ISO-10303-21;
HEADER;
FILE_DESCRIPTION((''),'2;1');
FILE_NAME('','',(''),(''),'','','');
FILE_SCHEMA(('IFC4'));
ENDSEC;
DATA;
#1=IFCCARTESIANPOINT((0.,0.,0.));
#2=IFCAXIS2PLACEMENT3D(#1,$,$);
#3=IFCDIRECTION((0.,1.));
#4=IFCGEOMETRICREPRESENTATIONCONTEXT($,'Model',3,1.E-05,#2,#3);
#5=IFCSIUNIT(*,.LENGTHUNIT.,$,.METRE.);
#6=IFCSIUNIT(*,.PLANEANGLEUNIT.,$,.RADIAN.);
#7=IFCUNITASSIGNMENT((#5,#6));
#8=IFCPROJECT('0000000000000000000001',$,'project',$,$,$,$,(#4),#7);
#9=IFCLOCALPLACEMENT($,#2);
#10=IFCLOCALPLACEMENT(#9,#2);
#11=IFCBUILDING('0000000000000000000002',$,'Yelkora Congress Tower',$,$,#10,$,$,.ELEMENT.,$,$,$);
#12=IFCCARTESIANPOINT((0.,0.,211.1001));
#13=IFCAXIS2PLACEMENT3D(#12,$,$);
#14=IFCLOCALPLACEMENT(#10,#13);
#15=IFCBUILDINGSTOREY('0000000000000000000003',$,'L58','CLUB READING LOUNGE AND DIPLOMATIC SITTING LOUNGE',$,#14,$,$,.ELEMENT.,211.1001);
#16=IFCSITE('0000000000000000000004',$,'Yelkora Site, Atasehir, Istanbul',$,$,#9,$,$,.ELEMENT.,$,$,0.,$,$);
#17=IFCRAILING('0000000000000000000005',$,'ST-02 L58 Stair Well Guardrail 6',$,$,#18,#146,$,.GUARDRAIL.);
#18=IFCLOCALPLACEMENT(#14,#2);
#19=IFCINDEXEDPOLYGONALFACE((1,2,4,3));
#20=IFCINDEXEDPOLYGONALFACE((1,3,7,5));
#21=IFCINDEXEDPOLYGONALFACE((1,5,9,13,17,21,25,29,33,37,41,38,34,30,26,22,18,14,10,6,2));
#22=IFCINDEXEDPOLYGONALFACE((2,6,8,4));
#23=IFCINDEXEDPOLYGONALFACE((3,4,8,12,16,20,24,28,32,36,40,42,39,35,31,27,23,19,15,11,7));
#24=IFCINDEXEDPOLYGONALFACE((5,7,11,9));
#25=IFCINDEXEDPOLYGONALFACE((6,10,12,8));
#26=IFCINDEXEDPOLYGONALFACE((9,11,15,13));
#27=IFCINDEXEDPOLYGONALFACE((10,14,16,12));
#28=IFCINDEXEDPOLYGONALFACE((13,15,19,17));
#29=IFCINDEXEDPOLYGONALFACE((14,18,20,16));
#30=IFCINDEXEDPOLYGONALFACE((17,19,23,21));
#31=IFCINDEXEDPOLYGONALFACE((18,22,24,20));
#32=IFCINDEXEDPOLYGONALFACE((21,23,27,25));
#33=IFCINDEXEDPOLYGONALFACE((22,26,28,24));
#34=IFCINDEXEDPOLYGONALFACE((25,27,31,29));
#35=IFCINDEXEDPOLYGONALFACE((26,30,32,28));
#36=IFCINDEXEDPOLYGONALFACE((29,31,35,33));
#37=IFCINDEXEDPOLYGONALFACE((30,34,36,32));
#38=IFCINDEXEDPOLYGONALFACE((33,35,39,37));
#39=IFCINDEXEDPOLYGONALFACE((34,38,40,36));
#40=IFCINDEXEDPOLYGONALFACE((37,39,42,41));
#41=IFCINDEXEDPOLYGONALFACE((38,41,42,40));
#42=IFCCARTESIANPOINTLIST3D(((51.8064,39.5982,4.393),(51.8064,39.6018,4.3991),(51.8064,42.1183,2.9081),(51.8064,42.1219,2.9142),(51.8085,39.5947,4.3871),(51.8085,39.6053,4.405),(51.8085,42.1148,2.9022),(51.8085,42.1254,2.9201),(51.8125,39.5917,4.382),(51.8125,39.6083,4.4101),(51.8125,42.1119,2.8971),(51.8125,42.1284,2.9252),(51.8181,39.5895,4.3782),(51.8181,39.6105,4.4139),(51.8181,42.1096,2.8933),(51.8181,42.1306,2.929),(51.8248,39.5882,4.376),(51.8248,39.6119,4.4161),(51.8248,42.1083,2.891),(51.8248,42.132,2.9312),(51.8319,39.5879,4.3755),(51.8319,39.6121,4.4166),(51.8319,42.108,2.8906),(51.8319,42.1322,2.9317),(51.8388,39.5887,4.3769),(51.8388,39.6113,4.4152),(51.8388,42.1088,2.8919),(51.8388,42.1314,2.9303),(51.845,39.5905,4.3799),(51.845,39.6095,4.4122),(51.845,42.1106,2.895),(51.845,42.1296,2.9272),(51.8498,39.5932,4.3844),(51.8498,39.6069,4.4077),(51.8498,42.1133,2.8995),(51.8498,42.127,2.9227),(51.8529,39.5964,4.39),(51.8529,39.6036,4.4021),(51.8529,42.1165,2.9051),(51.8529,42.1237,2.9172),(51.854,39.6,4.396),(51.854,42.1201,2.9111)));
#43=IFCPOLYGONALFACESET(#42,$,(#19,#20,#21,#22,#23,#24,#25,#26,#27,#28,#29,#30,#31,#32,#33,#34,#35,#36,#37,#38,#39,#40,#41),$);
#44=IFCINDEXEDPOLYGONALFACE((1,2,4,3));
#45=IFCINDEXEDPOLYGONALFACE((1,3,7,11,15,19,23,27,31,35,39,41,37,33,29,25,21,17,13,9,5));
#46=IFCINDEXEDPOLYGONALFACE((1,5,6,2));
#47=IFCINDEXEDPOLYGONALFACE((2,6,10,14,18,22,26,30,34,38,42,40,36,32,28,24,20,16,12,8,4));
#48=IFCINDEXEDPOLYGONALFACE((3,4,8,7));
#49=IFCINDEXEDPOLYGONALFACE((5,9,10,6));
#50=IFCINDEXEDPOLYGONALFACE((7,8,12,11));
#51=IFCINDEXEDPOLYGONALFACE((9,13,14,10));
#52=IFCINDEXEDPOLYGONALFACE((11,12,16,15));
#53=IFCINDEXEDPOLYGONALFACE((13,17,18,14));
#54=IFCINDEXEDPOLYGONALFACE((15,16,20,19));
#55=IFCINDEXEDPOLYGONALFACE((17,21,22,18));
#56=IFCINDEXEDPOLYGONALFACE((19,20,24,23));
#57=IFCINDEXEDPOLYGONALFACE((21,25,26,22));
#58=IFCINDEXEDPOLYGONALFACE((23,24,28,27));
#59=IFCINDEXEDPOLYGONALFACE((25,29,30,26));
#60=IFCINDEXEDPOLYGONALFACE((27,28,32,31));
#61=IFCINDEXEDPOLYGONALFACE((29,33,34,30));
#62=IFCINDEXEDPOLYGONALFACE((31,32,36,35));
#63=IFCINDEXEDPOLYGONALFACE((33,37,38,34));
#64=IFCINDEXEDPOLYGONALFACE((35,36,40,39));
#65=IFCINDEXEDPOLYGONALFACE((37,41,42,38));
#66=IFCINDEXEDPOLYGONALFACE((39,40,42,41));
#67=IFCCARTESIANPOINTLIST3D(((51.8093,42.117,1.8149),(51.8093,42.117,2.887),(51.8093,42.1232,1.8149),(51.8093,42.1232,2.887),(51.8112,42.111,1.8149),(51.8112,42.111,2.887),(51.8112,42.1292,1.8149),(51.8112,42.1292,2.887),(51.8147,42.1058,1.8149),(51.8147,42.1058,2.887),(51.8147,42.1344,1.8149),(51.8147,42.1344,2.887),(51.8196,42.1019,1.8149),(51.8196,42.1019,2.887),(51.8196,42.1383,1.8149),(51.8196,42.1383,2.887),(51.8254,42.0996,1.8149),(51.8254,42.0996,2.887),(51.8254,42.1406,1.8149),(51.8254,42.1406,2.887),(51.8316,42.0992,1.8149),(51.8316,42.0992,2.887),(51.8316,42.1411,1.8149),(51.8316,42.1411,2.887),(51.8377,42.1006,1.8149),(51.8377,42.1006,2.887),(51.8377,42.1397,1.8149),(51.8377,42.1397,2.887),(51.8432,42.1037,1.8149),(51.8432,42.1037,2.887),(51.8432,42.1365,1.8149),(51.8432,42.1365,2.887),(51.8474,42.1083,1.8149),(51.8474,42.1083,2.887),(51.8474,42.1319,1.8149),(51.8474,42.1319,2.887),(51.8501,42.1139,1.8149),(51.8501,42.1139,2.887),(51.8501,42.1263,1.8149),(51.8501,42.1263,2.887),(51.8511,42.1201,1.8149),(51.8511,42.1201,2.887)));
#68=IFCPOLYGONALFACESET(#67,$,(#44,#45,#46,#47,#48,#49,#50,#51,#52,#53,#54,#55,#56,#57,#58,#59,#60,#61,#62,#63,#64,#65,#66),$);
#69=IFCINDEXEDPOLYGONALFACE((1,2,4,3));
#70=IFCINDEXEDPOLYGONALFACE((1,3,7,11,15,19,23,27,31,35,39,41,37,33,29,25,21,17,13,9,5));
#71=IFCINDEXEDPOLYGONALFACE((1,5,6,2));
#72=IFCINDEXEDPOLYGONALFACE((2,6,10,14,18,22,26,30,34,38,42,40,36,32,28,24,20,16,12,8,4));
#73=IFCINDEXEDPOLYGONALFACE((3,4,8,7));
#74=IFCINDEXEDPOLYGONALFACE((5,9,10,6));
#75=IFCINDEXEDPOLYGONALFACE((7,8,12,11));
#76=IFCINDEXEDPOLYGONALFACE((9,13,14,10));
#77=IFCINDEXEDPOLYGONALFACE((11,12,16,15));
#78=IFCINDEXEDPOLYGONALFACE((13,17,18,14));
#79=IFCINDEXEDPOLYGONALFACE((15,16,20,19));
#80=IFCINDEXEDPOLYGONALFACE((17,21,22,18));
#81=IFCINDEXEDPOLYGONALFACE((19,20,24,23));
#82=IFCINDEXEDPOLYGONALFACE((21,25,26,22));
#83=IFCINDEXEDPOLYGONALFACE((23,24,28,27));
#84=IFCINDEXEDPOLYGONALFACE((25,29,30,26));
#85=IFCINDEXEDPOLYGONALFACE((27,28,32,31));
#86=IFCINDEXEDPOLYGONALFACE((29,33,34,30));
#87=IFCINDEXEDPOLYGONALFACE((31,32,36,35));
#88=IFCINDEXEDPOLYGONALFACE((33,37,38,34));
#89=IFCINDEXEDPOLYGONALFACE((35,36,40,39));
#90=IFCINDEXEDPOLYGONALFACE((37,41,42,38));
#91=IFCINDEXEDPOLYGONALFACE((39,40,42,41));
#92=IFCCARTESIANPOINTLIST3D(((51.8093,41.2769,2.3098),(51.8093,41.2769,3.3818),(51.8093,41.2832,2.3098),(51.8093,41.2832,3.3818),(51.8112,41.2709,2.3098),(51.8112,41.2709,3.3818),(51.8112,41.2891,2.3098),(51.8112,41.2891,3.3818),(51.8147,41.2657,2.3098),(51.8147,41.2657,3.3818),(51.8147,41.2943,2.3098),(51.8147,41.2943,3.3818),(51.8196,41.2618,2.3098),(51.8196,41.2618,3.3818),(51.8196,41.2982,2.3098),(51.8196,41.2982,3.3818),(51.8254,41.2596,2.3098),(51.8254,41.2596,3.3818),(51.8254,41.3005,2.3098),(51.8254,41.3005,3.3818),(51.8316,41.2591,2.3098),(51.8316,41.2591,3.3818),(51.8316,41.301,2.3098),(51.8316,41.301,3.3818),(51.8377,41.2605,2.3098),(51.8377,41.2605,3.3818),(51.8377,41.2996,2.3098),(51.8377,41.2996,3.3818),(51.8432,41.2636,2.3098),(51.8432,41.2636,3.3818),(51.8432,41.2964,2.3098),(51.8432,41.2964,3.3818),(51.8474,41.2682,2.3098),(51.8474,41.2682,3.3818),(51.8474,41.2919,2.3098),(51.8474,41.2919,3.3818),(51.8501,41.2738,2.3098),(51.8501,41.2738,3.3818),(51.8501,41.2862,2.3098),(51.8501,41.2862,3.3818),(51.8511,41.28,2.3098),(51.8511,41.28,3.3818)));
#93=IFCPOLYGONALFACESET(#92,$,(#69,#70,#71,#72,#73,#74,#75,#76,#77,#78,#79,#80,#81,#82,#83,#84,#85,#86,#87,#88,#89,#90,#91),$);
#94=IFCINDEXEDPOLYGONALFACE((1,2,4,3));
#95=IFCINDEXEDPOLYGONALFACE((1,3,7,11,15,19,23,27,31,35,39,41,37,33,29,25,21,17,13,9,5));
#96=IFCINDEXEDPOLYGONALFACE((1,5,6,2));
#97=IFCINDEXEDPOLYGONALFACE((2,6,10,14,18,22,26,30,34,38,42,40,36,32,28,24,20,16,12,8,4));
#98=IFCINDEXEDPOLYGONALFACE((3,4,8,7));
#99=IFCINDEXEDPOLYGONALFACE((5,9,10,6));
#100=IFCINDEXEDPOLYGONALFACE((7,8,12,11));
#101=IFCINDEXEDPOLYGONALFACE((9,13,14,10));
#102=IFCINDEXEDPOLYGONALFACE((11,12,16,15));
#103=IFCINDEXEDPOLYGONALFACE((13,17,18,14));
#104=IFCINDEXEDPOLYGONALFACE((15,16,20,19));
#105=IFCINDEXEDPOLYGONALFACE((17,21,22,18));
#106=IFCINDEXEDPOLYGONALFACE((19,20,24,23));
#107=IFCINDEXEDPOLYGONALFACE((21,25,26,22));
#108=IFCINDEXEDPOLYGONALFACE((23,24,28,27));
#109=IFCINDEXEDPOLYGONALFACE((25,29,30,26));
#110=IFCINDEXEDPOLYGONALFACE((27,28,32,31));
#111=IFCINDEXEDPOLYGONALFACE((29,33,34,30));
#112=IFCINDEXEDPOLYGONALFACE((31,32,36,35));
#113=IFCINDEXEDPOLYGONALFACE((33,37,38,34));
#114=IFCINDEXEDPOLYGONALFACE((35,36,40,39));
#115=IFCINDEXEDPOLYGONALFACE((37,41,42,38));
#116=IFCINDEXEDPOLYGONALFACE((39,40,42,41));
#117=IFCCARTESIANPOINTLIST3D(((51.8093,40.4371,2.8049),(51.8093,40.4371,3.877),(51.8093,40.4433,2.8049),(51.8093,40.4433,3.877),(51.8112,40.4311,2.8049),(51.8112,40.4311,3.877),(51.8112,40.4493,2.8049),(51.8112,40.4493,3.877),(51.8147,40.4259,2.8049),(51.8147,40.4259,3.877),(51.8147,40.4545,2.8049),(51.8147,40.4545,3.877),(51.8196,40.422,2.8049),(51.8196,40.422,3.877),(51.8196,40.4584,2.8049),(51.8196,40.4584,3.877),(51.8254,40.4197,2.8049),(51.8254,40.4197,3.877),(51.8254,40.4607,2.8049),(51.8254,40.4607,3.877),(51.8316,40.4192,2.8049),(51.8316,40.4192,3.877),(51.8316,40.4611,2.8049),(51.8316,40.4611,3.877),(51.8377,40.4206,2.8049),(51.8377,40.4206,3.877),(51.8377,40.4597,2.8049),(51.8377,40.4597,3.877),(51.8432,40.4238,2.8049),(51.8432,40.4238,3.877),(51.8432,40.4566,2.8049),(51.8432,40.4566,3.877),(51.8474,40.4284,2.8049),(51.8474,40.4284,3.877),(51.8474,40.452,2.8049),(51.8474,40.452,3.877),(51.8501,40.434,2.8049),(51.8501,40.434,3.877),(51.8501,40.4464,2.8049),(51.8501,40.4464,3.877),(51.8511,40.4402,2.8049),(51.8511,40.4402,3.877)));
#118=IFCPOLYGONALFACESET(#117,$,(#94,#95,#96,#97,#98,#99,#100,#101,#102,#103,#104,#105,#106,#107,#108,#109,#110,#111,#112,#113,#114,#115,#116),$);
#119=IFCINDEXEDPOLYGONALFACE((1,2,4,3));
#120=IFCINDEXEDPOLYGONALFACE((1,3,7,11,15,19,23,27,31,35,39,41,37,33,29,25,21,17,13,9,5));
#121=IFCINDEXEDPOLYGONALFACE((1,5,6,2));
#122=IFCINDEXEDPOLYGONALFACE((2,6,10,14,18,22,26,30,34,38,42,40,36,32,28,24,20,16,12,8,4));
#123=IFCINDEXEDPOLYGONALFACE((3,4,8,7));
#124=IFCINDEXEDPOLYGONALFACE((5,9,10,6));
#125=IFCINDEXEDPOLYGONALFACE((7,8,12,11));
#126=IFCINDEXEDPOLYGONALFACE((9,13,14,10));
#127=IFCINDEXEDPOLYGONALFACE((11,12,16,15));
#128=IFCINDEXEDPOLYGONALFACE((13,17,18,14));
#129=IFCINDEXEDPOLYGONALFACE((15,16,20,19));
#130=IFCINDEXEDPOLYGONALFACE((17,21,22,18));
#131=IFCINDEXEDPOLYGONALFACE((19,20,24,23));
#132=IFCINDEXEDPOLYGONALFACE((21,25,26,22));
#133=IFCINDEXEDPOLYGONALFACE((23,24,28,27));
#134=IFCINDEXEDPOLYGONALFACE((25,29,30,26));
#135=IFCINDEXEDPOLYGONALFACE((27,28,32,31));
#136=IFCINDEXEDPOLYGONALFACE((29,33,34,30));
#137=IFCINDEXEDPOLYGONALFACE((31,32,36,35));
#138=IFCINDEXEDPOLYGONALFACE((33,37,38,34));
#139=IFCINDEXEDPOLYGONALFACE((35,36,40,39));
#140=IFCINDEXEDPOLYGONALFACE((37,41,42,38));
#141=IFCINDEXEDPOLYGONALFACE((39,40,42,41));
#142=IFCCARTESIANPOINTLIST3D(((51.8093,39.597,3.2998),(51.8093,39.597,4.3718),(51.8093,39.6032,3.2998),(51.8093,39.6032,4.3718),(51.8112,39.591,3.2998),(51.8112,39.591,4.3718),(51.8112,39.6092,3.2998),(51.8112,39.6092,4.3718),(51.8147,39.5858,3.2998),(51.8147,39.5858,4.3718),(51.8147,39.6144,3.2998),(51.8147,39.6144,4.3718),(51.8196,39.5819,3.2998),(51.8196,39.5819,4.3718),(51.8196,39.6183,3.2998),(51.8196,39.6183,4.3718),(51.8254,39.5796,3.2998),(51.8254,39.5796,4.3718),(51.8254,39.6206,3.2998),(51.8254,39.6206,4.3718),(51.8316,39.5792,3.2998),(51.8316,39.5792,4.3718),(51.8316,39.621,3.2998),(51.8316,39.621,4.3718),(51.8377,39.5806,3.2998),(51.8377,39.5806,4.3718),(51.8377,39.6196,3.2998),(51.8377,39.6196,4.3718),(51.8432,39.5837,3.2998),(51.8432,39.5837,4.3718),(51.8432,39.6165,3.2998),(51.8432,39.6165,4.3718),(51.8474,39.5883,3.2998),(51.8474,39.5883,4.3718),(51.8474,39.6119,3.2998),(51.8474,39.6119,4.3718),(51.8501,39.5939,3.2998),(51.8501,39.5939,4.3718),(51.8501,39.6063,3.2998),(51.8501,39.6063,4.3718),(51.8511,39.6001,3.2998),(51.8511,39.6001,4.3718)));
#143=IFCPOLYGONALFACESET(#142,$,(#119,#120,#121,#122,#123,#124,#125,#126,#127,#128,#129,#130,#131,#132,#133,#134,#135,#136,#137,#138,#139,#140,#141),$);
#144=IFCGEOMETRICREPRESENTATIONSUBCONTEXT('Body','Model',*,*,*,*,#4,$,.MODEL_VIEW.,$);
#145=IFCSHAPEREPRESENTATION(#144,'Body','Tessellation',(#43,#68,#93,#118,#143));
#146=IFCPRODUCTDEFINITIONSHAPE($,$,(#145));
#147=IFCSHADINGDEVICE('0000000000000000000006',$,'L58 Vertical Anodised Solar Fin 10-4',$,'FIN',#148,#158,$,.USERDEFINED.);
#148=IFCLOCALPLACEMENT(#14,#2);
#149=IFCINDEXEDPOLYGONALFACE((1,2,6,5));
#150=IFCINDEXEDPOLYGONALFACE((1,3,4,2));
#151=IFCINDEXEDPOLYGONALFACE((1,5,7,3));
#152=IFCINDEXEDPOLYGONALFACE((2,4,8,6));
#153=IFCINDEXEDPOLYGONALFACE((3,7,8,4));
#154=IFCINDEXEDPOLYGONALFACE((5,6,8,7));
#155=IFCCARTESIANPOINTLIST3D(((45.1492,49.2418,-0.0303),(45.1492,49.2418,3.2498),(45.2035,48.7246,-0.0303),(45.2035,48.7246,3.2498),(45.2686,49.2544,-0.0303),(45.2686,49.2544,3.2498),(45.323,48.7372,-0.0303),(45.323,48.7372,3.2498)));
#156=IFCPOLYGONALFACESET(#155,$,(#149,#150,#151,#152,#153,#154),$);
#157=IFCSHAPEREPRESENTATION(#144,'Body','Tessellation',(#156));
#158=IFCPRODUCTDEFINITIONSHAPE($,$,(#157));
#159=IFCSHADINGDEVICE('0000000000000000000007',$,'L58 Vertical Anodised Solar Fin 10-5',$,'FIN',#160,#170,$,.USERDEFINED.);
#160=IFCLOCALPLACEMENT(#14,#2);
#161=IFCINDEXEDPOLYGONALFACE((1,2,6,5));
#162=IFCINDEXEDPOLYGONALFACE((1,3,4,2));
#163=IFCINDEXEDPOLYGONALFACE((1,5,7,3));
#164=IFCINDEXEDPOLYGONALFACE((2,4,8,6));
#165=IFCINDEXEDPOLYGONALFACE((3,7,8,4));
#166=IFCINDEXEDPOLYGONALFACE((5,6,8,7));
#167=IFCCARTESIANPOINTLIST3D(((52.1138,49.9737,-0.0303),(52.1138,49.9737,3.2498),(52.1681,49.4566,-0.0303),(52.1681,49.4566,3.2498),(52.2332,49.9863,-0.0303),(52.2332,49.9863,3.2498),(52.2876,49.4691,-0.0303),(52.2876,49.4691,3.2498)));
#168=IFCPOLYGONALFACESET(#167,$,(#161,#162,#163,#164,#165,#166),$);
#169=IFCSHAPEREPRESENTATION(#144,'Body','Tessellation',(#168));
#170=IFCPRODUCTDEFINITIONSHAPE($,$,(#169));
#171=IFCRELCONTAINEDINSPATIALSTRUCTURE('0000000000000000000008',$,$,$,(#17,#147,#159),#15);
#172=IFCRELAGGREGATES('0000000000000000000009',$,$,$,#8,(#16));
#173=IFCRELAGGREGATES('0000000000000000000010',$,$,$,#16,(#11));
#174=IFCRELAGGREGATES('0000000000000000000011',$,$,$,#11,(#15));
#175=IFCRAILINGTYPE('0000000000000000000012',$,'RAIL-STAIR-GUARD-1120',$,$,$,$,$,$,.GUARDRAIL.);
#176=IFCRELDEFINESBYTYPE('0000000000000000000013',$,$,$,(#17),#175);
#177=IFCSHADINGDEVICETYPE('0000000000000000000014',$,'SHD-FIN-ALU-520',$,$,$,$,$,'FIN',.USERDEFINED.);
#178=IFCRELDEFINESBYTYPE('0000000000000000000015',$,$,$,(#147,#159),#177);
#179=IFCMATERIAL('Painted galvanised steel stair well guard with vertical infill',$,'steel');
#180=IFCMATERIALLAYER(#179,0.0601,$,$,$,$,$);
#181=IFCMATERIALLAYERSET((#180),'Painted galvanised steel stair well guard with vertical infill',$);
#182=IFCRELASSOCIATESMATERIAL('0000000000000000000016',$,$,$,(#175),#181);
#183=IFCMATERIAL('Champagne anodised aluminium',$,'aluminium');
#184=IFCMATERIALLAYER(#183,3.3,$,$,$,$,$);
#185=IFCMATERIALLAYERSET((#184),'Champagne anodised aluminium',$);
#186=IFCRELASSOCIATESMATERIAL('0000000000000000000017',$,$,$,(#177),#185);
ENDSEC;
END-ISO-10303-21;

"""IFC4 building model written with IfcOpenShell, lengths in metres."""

from ifc_helpers import new_model, si_unit, direction, frame, origin, origin_2d, place, context, subcontext, project, spatial, rectangle, circle, extrude, material, layer, layer_set, type_object, element, save


model = new_model("IFC4")

# Units and contexts
model_context = context("Model", 3, precision=1e-05, world=origin(), true_north=direction((0.0, 1.0)))
body_context = subcontext(model_context, "Body", "Model", "MODEL_VIEW")
ifc_project = project(units=[si_unit("LENGTHUNIT", "METRE"), si_unit("PLANEANGLEUNIT", "RADIAN")], contexts=[model_context])

# Site, building, storey
site_placement = place(None, origin())
site = spatial("IfcSite", under=ifc_project, at=site_placement, Name="Yelkora Site, Atasehir, Istanbul", CompositionType="ELEMENT", RefElevation=0.0)
building_placement = place(site_placement, origin())
building = spatial("IfcBuilding", under=site, at=building_placement, Name="Yelkora Congress Tower", CompositionType="ELEMENT")
storey_placement = place(building_placement, frame((0.0, 0.0, 211.1001)))
storey = spatial("IfcBuildingStorey", under=building, at=storey_placement, Name="L58", Description="CLUB READING LOUNGE AND DIPLOMATIC SITTING LOUNGE", CompositionType="ELEMENT", Elevation=211.1001)

# Railing
ifc_material_1 = material(Name="Painted galvanised steel stair well guard with vertical infill", Category="steel")
ifc_layer_1 = layer(ifc_material_1, 0.0601)
ifc_layer_set_1 = layer_set([ifc_layer_1], Name="Painted galvanised steel stair well guard with vertical infill")
railing_type = type_object("IfcRailingType", Name="RAIL-STAIR-GUARD-1120", PredefinedType="GUARDRAIL", material=ifc_layer_set_1)
railing_1_placement = place(storey_placement, frame((51.8301, 42.1201, 1.8149)))
element("IfcRailing", 1, at=railing_1_placement, inside=storey, type_object=railing_type, Name="ST-02 L58 Stair Well Guardrail 6", PredefinedType="GUARDRAIL", context=body_context, shape_type="SweptSolid", body=[
    extrude(circle(Radius=0.0239, at=origin_2d()), frame((0.0, 0.0, 1.0962), z_axis=(0.0, -0.861561, 0.507655), x_axis=(1.0, 0.0, 0.0)), (0.0, 0.0, 1.0), 2.925),
    extrude(circle(Radius=0.021, at=origin_2d()), origin(), (0.0, 0.0, 1.0), 1.072),
    extrude(circle(Radius=0.021, at=origin_2d()), frame((0.0, -0.8401, 0.4949)), (0.0, 0.0, 1.0), 1.072),
    extrude(circle(Radius=0.021, at=origin_2d()), frame((0.0, -1.6799, 0.99)), (0.0, 0.0, 1.0), 1.072),
    extrude(circle(Radius=0.021, at=origin_2d()), frame((0.0, -2.52, 1.4849)), (0.0, 0.0, 1.0), 1.072),
])

# Shading devices
ifc_material_2 = material(Name="Champagne anodised aluminium", Category="aluminium")
ifc_layer_2 = layer(ifc_material_2, 3.3)
ifc_layer_set_2 = layer_set([ifc_layer_2], Name="Champagne anodised aluminium")
shading_device_type = type_object("IfcShadingDeviceType", Name="SHD-FIN-ALU-520", ElementType="FIN", PredefinedType="USERDEFINED", material=ifc_layer_set_2)
for number, where, z_axis, x_axis, name in (
    (2, (45.2361, 48.9895, -0.0303), (0.0, 0.0, 1.0), (0.994522, 0.104528, 0.0), "L58 Vertical Anodised Solar Fin 10-4"),
    (3, (52.2007, 49.7214, -0.0303), (0.0, 0.0, 1.0), (0.994522, 0.104528, 0.0), "L58 Vertical Anodised Solar Fin 10-5"),
):
    element("IfcShadingDevice", number, at=place(storey_placement, frame(where, z_axis=z_axis, x_axis=x_axis)), inside=storey, type_object=shading_device_type, Name=name, ObjectType="FIN", PredefinedType="USERDEFINED", context=body_context, shape_type="SweptSolid", body=[
        extrude(rectangle(XDim=0.1201, YDim=0.52, at=origin_2d()), origin(), (0.0, 0.0, 1.0), 3.28),
    ])

save(model, "model.ifc")
